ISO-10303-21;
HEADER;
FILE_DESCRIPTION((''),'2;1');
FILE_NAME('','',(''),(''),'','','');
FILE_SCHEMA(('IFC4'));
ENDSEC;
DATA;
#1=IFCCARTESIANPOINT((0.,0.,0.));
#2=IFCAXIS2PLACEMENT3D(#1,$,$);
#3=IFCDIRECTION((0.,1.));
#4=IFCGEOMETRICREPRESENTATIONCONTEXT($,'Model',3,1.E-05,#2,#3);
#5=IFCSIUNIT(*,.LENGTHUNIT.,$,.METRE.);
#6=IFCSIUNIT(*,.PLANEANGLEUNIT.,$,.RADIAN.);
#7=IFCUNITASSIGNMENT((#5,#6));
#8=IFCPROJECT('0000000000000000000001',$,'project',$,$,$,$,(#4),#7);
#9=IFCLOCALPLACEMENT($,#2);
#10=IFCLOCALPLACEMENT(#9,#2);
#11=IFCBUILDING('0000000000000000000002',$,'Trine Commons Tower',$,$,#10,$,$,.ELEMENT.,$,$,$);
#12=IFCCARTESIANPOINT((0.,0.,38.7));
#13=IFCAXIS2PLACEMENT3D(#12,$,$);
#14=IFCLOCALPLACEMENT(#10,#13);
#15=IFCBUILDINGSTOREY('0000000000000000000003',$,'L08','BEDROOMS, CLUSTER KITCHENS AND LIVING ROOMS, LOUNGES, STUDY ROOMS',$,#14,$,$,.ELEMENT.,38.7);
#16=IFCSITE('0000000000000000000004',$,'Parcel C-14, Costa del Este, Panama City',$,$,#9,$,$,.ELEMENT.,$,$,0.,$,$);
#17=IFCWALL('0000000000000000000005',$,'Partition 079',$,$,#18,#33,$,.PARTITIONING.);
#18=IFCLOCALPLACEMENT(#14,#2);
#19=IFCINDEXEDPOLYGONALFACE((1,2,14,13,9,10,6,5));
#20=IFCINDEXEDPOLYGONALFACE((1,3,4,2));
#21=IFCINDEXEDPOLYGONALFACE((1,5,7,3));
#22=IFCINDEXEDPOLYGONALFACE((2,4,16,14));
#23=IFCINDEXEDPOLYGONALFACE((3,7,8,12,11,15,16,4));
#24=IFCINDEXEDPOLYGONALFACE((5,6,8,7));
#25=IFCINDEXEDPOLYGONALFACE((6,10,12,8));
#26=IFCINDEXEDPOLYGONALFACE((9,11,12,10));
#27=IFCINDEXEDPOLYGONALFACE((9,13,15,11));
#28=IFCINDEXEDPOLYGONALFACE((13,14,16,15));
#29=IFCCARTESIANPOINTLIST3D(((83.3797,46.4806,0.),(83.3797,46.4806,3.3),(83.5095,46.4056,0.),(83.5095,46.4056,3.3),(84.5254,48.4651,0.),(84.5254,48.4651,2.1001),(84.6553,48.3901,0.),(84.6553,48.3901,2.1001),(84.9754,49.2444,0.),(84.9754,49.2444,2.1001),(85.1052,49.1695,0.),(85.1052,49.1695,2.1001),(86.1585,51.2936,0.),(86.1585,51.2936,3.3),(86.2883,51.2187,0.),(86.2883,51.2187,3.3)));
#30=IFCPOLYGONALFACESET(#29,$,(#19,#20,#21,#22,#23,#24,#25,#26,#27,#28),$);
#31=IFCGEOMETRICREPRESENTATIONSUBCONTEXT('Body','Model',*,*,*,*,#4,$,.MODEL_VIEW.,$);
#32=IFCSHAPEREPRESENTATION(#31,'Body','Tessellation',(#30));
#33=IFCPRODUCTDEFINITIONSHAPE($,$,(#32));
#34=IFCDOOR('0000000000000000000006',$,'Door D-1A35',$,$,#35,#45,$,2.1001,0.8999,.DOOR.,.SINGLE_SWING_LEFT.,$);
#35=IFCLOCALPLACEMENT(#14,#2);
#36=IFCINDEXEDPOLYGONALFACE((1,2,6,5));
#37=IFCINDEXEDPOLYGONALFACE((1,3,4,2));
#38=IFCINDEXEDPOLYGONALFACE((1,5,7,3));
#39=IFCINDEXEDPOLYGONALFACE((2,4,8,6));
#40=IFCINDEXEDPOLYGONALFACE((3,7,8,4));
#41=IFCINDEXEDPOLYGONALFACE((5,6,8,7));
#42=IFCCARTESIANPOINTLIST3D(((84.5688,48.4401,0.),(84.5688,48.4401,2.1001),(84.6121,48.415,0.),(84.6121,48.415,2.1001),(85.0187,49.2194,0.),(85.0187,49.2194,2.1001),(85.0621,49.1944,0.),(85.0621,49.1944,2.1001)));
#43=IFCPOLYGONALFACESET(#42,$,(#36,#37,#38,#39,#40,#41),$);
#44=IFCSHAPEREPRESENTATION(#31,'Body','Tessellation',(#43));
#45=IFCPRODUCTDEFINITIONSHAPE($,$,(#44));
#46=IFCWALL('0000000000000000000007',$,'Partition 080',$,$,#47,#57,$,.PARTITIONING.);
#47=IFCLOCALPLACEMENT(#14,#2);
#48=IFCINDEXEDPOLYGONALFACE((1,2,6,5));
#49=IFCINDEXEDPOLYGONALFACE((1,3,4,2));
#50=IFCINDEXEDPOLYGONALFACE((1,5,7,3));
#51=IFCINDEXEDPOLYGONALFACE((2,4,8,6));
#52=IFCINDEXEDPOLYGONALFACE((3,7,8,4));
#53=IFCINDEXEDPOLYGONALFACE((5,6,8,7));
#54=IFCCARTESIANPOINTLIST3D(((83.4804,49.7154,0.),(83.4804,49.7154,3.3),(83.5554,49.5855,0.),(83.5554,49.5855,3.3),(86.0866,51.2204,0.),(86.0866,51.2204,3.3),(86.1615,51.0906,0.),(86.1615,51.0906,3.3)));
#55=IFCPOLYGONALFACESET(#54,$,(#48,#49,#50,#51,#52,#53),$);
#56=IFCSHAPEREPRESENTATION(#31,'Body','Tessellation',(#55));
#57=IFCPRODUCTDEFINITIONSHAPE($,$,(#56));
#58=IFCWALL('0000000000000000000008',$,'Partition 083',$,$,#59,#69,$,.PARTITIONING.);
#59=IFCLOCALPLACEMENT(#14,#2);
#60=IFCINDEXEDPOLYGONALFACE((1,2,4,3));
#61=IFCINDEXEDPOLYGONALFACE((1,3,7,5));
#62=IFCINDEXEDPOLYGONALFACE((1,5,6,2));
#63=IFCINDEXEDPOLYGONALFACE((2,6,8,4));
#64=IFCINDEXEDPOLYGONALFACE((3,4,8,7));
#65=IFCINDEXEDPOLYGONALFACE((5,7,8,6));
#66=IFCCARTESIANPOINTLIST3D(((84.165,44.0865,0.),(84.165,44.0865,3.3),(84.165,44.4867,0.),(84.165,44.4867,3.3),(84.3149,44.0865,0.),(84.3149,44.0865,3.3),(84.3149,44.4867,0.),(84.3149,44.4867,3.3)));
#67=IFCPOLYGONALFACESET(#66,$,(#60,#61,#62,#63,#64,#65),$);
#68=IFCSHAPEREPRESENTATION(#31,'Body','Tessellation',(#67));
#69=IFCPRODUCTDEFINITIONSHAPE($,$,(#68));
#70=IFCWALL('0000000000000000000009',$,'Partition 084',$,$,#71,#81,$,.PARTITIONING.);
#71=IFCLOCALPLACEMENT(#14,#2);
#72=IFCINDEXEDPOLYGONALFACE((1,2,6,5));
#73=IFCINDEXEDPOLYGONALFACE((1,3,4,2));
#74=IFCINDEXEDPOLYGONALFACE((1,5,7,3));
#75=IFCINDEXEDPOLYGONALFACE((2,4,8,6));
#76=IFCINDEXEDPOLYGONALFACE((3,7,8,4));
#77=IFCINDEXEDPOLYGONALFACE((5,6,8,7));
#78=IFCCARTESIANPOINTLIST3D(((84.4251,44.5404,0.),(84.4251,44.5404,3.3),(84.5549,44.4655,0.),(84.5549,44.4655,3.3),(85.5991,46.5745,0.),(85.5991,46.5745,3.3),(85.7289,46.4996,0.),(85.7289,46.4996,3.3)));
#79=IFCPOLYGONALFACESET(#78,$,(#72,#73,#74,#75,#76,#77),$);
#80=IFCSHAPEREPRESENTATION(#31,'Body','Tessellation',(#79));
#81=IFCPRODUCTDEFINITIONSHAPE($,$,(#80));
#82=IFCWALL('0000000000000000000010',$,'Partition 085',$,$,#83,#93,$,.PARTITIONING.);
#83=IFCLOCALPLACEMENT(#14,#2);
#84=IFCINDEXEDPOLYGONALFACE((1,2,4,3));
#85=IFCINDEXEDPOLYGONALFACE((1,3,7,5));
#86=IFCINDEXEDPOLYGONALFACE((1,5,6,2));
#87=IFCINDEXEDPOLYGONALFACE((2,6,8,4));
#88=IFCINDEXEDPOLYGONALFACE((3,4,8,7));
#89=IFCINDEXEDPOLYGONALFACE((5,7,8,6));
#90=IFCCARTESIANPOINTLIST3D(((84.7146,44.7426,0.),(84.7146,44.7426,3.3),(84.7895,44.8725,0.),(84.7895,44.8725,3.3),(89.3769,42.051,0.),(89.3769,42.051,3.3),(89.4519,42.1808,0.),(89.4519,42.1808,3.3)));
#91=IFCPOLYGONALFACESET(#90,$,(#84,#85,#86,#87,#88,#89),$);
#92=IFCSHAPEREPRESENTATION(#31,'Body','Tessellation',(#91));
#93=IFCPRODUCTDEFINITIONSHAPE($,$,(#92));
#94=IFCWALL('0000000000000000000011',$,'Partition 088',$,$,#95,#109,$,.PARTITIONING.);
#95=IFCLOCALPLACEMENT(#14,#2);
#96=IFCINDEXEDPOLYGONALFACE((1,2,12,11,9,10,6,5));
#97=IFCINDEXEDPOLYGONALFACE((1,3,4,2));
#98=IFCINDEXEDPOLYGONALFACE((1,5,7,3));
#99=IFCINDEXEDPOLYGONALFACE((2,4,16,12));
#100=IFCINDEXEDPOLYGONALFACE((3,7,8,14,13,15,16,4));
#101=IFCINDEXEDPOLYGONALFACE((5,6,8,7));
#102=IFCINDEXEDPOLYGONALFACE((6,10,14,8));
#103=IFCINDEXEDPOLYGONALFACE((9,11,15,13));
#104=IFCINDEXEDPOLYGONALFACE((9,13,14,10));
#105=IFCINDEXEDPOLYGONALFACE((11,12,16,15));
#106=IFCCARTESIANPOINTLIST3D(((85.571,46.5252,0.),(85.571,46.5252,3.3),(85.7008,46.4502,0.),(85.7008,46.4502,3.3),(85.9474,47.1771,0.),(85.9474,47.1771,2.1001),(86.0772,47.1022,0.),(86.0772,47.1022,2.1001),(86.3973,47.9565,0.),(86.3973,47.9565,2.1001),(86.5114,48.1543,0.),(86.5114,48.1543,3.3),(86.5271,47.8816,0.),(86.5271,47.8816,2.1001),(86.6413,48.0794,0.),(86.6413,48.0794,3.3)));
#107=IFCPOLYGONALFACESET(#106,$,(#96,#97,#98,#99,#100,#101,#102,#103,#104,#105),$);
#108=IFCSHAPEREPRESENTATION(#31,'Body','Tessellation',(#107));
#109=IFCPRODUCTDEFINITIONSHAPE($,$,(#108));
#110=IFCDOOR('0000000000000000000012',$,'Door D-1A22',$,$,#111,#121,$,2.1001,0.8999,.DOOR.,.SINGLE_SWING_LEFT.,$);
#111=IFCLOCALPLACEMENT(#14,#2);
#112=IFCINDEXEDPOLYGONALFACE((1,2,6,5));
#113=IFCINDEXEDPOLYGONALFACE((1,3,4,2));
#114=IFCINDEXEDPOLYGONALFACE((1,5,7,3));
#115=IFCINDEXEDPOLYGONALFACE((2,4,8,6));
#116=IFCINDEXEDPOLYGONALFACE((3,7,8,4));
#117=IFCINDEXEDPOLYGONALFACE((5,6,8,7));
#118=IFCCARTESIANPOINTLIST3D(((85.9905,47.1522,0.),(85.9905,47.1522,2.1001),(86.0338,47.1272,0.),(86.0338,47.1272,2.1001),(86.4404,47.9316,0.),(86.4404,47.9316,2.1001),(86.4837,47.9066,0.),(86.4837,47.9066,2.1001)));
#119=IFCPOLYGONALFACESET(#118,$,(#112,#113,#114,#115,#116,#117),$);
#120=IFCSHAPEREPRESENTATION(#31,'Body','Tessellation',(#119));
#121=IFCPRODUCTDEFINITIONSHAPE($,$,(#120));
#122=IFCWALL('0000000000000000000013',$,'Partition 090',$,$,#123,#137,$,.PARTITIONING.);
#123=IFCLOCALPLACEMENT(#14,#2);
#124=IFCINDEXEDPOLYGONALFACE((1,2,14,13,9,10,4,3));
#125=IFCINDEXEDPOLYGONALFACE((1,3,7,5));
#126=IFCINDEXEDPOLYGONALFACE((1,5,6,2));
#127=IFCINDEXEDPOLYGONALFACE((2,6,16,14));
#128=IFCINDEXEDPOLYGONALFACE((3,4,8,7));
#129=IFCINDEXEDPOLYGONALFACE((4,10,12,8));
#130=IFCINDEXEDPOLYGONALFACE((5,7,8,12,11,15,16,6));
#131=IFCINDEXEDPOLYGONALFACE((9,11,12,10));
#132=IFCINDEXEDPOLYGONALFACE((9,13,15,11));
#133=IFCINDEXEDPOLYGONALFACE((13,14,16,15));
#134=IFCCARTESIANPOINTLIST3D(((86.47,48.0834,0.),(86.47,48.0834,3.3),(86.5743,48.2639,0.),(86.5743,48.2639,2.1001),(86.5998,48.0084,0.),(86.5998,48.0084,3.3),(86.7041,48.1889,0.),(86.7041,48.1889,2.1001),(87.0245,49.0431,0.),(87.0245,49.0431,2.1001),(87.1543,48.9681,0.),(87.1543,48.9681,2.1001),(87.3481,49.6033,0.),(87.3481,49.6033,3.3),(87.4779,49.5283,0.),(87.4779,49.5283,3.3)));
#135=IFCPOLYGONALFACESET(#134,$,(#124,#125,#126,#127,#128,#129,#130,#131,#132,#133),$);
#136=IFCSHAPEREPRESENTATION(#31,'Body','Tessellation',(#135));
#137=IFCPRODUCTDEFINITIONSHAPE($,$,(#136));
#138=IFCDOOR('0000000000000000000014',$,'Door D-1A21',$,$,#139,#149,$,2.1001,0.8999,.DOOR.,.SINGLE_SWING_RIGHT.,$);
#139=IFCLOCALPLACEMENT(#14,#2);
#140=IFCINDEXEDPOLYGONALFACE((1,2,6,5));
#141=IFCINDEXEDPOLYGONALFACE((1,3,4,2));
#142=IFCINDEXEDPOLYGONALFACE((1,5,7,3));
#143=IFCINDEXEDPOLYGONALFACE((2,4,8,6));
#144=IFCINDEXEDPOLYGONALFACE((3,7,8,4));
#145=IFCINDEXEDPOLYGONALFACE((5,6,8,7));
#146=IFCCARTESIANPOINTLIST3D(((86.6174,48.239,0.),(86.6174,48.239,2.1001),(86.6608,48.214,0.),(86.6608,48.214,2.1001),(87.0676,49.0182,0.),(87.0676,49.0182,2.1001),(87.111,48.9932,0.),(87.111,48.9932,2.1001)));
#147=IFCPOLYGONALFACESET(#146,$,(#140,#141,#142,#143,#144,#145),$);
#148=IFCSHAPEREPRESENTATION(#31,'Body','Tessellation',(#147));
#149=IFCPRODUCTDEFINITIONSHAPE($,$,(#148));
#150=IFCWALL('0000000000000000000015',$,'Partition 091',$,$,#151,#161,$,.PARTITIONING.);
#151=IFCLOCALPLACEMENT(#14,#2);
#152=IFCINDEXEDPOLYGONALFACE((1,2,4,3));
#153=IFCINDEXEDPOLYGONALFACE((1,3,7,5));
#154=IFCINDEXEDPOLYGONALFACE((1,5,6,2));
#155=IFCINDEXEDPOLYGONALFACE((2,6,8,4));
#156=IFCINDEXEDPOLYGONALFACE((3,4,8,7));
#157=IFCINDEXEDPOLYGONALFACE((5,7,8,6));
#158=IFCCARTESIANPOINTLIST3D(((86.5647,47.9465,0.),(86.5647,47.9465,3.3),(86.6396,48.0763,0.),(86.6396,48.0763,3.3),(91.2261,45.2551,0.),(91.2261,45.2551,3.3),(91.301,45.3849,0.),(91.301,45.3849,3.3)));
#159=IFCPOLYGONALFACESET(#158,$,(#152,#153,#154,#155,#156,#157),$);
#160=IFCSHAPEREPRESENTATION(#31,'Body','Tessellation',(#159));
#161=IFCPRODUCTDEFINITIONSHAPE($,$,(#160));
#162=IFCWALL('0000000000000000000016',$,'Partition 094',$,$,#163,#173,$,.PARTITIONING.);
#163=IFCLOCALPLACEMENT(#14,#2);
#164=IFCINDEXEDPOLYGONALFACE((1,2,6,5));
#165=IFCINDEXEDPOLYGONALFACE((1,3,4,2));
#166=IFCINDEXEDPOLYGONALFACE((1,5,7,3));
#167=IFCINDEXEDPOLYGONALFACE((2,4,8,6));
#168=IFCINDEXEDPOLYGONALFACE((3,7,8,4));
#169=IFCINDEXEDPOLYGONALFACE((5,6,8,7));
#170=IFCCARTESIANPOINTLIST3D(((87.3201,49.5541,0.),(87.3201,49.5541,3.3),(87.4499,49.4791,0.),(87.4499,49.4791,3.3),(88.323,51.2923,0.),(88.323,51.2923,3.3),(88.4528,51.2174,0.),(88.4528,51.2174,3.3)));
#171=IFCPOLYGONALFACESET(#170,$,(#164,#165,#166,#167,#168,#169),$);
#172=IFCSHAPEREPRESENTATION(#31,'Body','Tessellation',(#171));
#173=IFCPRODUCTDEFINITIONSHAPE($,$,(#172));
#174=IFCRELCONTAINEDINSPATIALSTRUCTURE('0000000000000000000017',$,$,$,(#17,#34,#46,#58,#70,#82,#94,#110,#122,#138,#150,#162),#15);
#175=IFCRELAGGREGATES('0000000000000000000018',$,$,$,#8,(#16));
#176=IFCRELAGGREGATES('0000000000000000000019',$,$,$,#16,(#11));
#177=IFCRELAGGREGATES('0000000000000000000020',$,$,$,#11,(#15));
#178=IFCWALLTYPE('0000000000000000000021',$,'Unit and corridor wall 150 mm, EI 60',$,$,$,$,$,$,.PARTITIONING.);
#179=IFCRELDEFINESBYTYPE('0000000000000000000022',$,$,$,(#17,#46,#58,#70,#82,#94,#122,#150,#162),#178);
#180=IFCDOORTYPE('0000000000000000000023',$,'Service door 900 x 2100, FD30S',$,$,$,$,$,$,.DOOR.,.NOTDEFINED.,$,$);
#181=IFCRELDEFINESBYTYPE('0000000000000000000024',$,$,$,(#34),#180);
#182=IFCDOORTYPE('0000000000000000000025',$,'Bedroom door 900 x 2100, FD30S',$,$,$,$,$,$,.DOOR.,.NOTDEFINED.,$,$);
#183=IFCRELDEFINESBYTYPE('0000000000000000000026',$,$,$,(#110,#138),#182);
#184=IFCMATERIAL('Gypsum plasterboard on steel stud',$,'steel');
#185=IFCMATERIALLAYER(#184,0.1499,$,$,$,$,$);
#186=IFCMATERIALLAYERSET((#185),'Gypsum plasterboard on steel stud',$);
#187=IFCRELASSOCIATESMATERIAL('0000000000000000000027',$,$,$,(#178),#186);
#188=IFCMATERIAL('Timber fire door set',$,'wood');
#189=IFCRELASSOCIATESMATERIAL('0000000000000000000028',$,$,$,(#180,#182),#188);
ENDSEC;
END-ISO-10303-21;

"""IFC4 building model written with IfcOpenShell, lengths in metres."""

from ifc_helpers import new_model, si_unit, direction, frame, frame_2d, origin, place, context, subcontext, project, spatial, rectangle, extrude, material, layer, layer_set, type_object, element, fill, save


model = new_model("IFC4")

# Units and contexts
model_context = context("Model", 3, precision=1e-05, world=origin(), true_north=direction((0.0, 1.0)))
body_context = subcontext(model_context, "Body", "Model", "MODEL_VIEW")
ifc_project = project(units=[si_unit("LENGTHUNIT", "METRE"), si_unit("PLANEANGLEUNIT", "RADIAN")], contexts=[model_context])

# Site, building, storey
site_placement = place(None, origin())
site = spatial("IfcSite", under=ifc_project, at=site_placement, Name="Parcel C-14, Costa del Este, Panama City", CompositionType="ELEMENT", RefElevation=0.0)
building_placement = place(site_placement, origin())
building = spatial("IfcBuilding", under=site, at=building_placement, Name="Trine Commons Tower", CompositionType="ELEMENT")
storey_placement = place(building_placement, frame((0.0, 0.0, 38.7)))
storey = spatial("IfcBuildingStorey", under=building, at=storey_placement, Name="L08", Description="BEDROOMS, CLUSTER KITCHENS AND LIVING ROOMS, LOUNGES, STUDY ROOMS", CompositionType="ELEMENT", Elevation=38.7)

# Shared definitions
ifc_material_1 = material(Name="Gypsum plasterboard on steel stud", Category="steel")
ifc_layer_1 = layer(ifc_material_1, 0.1499)
ifc_layer_set_1 = layer_set([ifc_layer_1], Name="Gypsum plasterboard on steel stud")
wall_type_1 = type_object("IfcWallType", Name="Unit and corridor wall 150 mm, EI 60", PredefinedType="PARTITIONING", material=ifc_layer_set_1)

# Wall, opening, door
wall_1_placement = place(storey_placement, frame((83.4446, 46.4431, 0.0), z_axis=(0.0, 0.0, 1.0), x_axis=(0.500004, 0.866023, 0.0)))
wall_1 = element("IfcWall", 1, at=wall_1_placement, inside=storey, type_object=wall_type_1, Name="Partition 079", PredefinedType="PARTITIONING", context=body_context, shape_type="SweptSolid", body=[
    extrude(rectangle(XDim=5.5576, YDim=0.1499, at=frame_2d((2.7788, 0.0))), origin(), (0.0, 0.0, 1.0), 3.3),
])
opening_1_placement = place(wall_1_placement, frame((2.2915, 0.0, 0.0)))
opening_1 = element("IfcOpeningElement", 2, at=opening_1_placement, cuts=wall_1, PredefinedType="OPENING", context=body_context, shape_type="SweptSolid", body=[
    extrude(rectangle(XDim=0.8999, YDim=2.1001, at=frame_2d((0.45, 1.05))), frame((0.0, 0.085, 0.0), z_axis=(0.0, -1.0, 0.0), x_axis=(1.0, 0.0, 0.0)), (0.0, 0.0, 1.0), 0.1699),
])
ifc_material_2 = material(Name="Timber fire door set", Category="wood")
door_type_1 = type_object("IfcDoorType", Name="Service door 900 x 2100, FD30S", OperationType="NOTDEFINED", PredefinedType="DOOR", material=ifc_material_2)
door_1_placement = place(opening_1_placement, origin())
door_1 = element("IfcDoor", 3, at=door_1_placement, inside=storey, type_object=door_type_1, Name="Door D-1A35", OperationType="SINGLE_SWING_LEFT", OverallHeight=2.1001, OverallWidth=0.8999, PredefinedType="DOOR", context=body_context, shape_type="SweptSolid", body=[
    extrude(rectangle(XDim=0.8999, YDim=2.1001, at=frame_2d((0.45, 1.05))), frame((0.0, 0.0249, 0.0), z_axis=(0.0, -1.0, 0.0), x_axis=(1.0, 0.0, 0.0)), (0.0, 0.0, 1.0), 0.05),
])
fill(opening_1, door_1)

# Walls
wall_2_placement = place(storey_placement, frame((83.5178, 49.6504, 0.0), z_axis=(0.0, 0.0, 1.0), x_axis=(0.865963, 0.500109, 0.0)))
element("IfcWall", 4, at=wall_2_placement, inside=storey, type_object=wall_type_1, Name="Partition 080", PredefinedType="PARTITIONING", context=body_context, shape_type="SweptSolid", body=[
    extrude(rectangle(XDim=3.0095, YDim=0.1499, at=frame_2d((1.5049, 0.0))), origin(), (0.0, 0.0, 1.0), 3.3),
])
wall_3_placement = place(storey_placement, frame((84.24, 44.0864, 0.0), z_axis=(0.0, 0.0, 1.0), x_axis=(0.0, 1.0, 0.0)))
element("IfcWall", 5, at=wall_3_placement, inside=storey, type_object=wall_type_1, Name="Partition 083", PredefinedType="PARTITIONING", context=body_context, shape_type="SweptSolid", body=[
    extrude(rectangle(XDim=0.4001, YDim=0.1499, at=frame_2d((0.2002, 0.0))), origin(), (0.0, 0.0, 1.0), 3.3),
])
wall_4_placement = place(storey_placement, frame((84.49, 44.5029, 0.0), z_axis=(0.0, 0.0, 1.0), x_axis=(0.499884, 0.866092, 0.0)))
element("IfcWall", 6, at=wall_4_placement, inside=storey, type_object=wall_type_1, Name="Partition 084", PredefinedType="PARTITIONING", context=body_context, shape_type="SweptSolid", body=[
    extrude(rectangle(XDim=2.3486, YDim=0.1499, at=frame_2d((1.1743, 0.0))), origin(), (0.0, 0.0, 1.0), 3.3),
])
wall_5_placement = place(storey_placement, frame((84.752, 44.8076, 0.0), z_axis=(0.0, 0.0, 1.0), x_axis=(0.866038, -0.499978, 0.0)))
element("IfcWall", 7, at=wall_5_placement, inside=storey, type_object=wall_type_1, Name="Partition 085", PredefinedType="PARTITIONING", context=body_context, shape_type="SweptSolid", body=[
    extrude(rectangle(XDim=5.3835, YDim=0.1499, at=frame_2d((2.6919, 0.0))), origin(), (0.0, 0.0, 1.0), 3.3),
])

# Walls, openings, doors
wall_6_placement = place(storey_placement, frame((85.636, 46.4878, 0.0), z_axis=(0.0, 0.0, 1.0), x_axis=(0.499936, 0.866062, 0.0)))
wall_6 = element("IfcWall", 8, at=wall_6_placement, inside=storey, type_object=wall_type_1, Name="Partition 088", PredefinedType="PARTITIONING", context=body_context, shape_type="SweptSolid", body=[
    extrude(rectangle(XDim=1.8811, YDim=0.1499, at=frame_2d((0.9404, 0.0))), origin(), (0.0, 0.0, 1.0), 3.3),
])
opening_2_placement = place(wall_6_placement, frame((0.7527, 0.0, 0.0)))
opening_2 = element("IfcOpeningElement", 9, at=opening_2_placement, cuts=wall_6, PredefinedType="OPENING", context=body_context, shape_type="SweptSolid", body=[
    extrude(rectangle(XDim=0.8999, YDim=2.1001, at=frame_2d((0.45, 1.05))), frame((0.0, 0.085, 0.0), z_axis=(0.0, -1.0, 0.0), x_axis=(1.0, 0.0, 0.0)), (0.0, 0.0, 1.0), 0.1699),
])
door_type_2 = type_object("IfcDoorType", Name="Bedroom door 900 x 2100, FD30S", OperationType="NOTDEFINED", PredefinedType="DOOR", material=ifc_material_2)
door_2_placement = place(opening_2_placement, frame((0.8999, 0.0, 0.0), z_axis=(0.0, 0.0, 1.0), x_axis=(-1.0, 0.0, 0.0)))
door_2 = element("IfcDoor", 10, at=door_2_placement, inside=storey, type_object=door_type_2, Name="Door D-1A22", OperationType="SINGLE_SWING_LEFT", OverallHeight=2.1001, OverallWidth=0.8999, PredefinedType="DOOR", context=body_context, shape_type="SweptSolid", body=[
    extrude(rectangle(XDim=0.8999, YDim=2.1001, at=frame_2d((0.45, 1.05))), frame((0.0, 0.0249, 0.0), z_axis=(0.0, -1.0, 0.0), x_axis=(1.0, 0.0, 0.0)), (0.0, 0.0, 1.0), 0.05),
])
fill(opening_2, door_2)
wall_7_placement = place(storey_placement, frame((86.5349, 48.0459, 0.0), z_axis=(0.0, 0.0, 1.0), x_axis=(0.500252, 0.86588, 0.0)))
wall_7 = element("IfcWall", 11, at=wall_7_placement, inside=storey, type_object=wall_type_1, Name="Partition 090", PredefinedType="PARTITIONING", context=body_context, shape_type="SweptSolid", body=[
    extrude(rectangle(XDim=1.7554, YDim=0.1499, at=frame_2d((0.8777, 0.0))), origin(), (0.0, 0.0, 1.0), 3.3),
])
opening_3_placement = place(wall_7_placement, frame((0.2085, 0.0, 0.0)))
opening_3 = element("IfcOpeningElement", 12, at=opening_3_placement, cuts=wall_7, PredefinedType="OPENING", context=body_context, shape_type="SweptSolid", body=[
    extrude(rectangle(XDim=0.8999, YDim=2.1001, at=frame_2d((0.45, 1.05))), frame((0.0, 0.085, 0.0), z_axis=(0.0, -1.0, 0.0), x_axis=(1.0, 0.0, 0.0)), (0.0, 0.0, 1.0), 0.1699),
])
door_3_placement = place(opening_3_placement, frame((0.8999, 0.0, 0.0), z_axis=(0.0, 0.0, 1.0), x_axis=(-1.0, 0.0, 0.0)))
door_3 = element("IfcDoor", 13, at=door_3_placement, inside=storey, type_object=door_type_2, Name="Door D-1A21", OperationType="SINGLE_SWING_RIGHT", OverallHeight=2.1001, OverallWidth=0.8999, PredefinedType="DOOR", context=body_context, shape_type="SweptSolid", body=[
    extrude(rectangle(XDim=0.8999, YDim=2.1001, at=frame_2d((0.45, 1.05))), frame((0.0, 0.0249, 0.0), z_axis=(0.0, -1.0, 0.0), x_axis=(1.0, 0.0, 0.0)), (0.0, 0.0, 1.0), 0.05),
])
fill(opening_3, door_3)

# Walls
wall_8_placement = place(storey_placement, frame((86.6021, 48.0115, 0.0), z_axis=(0.0, 0.0, 1.0), x_axis=(0.866013, -0.500022, 0.0)))
element("IfcWall", 14, at=wall_8_placement, inside=storey, type_object=wall_type_1, Name="Partition 091", PredefinedType="PARTITIONING", context=body_context, shape_type="SweptSolid", body=[
    extrude(rectangle(XDim=5.3826, YDim=0.1499, at=frame_2d((2.6914, 0.0))), origin(), (0.0, 0.0, 1.0), 3.3),
])
wall_9_placement = place(storey_placement, frame((87.385, 49.5166, 0.0), z_axis=(0.0, 0.0, 1.0), x_axis=(0.499751, 0.866169, 0.0)))
element("IfcWall", 15, at=wall_9_placement, inside=storey, type_object=wall_type_1, Name="Partition 094", PredefinedType="PARTITIONING", context=body_context, shape_type="SweptSolid", body=[
    extrude(rectangle(XDim=2.0068, YDim=0.1499, at=frame_2d((1.0034, 0.0))), origin(), (0.0, 0.0, 1.0), 3.3),
])

save(model, "model.ifc")
